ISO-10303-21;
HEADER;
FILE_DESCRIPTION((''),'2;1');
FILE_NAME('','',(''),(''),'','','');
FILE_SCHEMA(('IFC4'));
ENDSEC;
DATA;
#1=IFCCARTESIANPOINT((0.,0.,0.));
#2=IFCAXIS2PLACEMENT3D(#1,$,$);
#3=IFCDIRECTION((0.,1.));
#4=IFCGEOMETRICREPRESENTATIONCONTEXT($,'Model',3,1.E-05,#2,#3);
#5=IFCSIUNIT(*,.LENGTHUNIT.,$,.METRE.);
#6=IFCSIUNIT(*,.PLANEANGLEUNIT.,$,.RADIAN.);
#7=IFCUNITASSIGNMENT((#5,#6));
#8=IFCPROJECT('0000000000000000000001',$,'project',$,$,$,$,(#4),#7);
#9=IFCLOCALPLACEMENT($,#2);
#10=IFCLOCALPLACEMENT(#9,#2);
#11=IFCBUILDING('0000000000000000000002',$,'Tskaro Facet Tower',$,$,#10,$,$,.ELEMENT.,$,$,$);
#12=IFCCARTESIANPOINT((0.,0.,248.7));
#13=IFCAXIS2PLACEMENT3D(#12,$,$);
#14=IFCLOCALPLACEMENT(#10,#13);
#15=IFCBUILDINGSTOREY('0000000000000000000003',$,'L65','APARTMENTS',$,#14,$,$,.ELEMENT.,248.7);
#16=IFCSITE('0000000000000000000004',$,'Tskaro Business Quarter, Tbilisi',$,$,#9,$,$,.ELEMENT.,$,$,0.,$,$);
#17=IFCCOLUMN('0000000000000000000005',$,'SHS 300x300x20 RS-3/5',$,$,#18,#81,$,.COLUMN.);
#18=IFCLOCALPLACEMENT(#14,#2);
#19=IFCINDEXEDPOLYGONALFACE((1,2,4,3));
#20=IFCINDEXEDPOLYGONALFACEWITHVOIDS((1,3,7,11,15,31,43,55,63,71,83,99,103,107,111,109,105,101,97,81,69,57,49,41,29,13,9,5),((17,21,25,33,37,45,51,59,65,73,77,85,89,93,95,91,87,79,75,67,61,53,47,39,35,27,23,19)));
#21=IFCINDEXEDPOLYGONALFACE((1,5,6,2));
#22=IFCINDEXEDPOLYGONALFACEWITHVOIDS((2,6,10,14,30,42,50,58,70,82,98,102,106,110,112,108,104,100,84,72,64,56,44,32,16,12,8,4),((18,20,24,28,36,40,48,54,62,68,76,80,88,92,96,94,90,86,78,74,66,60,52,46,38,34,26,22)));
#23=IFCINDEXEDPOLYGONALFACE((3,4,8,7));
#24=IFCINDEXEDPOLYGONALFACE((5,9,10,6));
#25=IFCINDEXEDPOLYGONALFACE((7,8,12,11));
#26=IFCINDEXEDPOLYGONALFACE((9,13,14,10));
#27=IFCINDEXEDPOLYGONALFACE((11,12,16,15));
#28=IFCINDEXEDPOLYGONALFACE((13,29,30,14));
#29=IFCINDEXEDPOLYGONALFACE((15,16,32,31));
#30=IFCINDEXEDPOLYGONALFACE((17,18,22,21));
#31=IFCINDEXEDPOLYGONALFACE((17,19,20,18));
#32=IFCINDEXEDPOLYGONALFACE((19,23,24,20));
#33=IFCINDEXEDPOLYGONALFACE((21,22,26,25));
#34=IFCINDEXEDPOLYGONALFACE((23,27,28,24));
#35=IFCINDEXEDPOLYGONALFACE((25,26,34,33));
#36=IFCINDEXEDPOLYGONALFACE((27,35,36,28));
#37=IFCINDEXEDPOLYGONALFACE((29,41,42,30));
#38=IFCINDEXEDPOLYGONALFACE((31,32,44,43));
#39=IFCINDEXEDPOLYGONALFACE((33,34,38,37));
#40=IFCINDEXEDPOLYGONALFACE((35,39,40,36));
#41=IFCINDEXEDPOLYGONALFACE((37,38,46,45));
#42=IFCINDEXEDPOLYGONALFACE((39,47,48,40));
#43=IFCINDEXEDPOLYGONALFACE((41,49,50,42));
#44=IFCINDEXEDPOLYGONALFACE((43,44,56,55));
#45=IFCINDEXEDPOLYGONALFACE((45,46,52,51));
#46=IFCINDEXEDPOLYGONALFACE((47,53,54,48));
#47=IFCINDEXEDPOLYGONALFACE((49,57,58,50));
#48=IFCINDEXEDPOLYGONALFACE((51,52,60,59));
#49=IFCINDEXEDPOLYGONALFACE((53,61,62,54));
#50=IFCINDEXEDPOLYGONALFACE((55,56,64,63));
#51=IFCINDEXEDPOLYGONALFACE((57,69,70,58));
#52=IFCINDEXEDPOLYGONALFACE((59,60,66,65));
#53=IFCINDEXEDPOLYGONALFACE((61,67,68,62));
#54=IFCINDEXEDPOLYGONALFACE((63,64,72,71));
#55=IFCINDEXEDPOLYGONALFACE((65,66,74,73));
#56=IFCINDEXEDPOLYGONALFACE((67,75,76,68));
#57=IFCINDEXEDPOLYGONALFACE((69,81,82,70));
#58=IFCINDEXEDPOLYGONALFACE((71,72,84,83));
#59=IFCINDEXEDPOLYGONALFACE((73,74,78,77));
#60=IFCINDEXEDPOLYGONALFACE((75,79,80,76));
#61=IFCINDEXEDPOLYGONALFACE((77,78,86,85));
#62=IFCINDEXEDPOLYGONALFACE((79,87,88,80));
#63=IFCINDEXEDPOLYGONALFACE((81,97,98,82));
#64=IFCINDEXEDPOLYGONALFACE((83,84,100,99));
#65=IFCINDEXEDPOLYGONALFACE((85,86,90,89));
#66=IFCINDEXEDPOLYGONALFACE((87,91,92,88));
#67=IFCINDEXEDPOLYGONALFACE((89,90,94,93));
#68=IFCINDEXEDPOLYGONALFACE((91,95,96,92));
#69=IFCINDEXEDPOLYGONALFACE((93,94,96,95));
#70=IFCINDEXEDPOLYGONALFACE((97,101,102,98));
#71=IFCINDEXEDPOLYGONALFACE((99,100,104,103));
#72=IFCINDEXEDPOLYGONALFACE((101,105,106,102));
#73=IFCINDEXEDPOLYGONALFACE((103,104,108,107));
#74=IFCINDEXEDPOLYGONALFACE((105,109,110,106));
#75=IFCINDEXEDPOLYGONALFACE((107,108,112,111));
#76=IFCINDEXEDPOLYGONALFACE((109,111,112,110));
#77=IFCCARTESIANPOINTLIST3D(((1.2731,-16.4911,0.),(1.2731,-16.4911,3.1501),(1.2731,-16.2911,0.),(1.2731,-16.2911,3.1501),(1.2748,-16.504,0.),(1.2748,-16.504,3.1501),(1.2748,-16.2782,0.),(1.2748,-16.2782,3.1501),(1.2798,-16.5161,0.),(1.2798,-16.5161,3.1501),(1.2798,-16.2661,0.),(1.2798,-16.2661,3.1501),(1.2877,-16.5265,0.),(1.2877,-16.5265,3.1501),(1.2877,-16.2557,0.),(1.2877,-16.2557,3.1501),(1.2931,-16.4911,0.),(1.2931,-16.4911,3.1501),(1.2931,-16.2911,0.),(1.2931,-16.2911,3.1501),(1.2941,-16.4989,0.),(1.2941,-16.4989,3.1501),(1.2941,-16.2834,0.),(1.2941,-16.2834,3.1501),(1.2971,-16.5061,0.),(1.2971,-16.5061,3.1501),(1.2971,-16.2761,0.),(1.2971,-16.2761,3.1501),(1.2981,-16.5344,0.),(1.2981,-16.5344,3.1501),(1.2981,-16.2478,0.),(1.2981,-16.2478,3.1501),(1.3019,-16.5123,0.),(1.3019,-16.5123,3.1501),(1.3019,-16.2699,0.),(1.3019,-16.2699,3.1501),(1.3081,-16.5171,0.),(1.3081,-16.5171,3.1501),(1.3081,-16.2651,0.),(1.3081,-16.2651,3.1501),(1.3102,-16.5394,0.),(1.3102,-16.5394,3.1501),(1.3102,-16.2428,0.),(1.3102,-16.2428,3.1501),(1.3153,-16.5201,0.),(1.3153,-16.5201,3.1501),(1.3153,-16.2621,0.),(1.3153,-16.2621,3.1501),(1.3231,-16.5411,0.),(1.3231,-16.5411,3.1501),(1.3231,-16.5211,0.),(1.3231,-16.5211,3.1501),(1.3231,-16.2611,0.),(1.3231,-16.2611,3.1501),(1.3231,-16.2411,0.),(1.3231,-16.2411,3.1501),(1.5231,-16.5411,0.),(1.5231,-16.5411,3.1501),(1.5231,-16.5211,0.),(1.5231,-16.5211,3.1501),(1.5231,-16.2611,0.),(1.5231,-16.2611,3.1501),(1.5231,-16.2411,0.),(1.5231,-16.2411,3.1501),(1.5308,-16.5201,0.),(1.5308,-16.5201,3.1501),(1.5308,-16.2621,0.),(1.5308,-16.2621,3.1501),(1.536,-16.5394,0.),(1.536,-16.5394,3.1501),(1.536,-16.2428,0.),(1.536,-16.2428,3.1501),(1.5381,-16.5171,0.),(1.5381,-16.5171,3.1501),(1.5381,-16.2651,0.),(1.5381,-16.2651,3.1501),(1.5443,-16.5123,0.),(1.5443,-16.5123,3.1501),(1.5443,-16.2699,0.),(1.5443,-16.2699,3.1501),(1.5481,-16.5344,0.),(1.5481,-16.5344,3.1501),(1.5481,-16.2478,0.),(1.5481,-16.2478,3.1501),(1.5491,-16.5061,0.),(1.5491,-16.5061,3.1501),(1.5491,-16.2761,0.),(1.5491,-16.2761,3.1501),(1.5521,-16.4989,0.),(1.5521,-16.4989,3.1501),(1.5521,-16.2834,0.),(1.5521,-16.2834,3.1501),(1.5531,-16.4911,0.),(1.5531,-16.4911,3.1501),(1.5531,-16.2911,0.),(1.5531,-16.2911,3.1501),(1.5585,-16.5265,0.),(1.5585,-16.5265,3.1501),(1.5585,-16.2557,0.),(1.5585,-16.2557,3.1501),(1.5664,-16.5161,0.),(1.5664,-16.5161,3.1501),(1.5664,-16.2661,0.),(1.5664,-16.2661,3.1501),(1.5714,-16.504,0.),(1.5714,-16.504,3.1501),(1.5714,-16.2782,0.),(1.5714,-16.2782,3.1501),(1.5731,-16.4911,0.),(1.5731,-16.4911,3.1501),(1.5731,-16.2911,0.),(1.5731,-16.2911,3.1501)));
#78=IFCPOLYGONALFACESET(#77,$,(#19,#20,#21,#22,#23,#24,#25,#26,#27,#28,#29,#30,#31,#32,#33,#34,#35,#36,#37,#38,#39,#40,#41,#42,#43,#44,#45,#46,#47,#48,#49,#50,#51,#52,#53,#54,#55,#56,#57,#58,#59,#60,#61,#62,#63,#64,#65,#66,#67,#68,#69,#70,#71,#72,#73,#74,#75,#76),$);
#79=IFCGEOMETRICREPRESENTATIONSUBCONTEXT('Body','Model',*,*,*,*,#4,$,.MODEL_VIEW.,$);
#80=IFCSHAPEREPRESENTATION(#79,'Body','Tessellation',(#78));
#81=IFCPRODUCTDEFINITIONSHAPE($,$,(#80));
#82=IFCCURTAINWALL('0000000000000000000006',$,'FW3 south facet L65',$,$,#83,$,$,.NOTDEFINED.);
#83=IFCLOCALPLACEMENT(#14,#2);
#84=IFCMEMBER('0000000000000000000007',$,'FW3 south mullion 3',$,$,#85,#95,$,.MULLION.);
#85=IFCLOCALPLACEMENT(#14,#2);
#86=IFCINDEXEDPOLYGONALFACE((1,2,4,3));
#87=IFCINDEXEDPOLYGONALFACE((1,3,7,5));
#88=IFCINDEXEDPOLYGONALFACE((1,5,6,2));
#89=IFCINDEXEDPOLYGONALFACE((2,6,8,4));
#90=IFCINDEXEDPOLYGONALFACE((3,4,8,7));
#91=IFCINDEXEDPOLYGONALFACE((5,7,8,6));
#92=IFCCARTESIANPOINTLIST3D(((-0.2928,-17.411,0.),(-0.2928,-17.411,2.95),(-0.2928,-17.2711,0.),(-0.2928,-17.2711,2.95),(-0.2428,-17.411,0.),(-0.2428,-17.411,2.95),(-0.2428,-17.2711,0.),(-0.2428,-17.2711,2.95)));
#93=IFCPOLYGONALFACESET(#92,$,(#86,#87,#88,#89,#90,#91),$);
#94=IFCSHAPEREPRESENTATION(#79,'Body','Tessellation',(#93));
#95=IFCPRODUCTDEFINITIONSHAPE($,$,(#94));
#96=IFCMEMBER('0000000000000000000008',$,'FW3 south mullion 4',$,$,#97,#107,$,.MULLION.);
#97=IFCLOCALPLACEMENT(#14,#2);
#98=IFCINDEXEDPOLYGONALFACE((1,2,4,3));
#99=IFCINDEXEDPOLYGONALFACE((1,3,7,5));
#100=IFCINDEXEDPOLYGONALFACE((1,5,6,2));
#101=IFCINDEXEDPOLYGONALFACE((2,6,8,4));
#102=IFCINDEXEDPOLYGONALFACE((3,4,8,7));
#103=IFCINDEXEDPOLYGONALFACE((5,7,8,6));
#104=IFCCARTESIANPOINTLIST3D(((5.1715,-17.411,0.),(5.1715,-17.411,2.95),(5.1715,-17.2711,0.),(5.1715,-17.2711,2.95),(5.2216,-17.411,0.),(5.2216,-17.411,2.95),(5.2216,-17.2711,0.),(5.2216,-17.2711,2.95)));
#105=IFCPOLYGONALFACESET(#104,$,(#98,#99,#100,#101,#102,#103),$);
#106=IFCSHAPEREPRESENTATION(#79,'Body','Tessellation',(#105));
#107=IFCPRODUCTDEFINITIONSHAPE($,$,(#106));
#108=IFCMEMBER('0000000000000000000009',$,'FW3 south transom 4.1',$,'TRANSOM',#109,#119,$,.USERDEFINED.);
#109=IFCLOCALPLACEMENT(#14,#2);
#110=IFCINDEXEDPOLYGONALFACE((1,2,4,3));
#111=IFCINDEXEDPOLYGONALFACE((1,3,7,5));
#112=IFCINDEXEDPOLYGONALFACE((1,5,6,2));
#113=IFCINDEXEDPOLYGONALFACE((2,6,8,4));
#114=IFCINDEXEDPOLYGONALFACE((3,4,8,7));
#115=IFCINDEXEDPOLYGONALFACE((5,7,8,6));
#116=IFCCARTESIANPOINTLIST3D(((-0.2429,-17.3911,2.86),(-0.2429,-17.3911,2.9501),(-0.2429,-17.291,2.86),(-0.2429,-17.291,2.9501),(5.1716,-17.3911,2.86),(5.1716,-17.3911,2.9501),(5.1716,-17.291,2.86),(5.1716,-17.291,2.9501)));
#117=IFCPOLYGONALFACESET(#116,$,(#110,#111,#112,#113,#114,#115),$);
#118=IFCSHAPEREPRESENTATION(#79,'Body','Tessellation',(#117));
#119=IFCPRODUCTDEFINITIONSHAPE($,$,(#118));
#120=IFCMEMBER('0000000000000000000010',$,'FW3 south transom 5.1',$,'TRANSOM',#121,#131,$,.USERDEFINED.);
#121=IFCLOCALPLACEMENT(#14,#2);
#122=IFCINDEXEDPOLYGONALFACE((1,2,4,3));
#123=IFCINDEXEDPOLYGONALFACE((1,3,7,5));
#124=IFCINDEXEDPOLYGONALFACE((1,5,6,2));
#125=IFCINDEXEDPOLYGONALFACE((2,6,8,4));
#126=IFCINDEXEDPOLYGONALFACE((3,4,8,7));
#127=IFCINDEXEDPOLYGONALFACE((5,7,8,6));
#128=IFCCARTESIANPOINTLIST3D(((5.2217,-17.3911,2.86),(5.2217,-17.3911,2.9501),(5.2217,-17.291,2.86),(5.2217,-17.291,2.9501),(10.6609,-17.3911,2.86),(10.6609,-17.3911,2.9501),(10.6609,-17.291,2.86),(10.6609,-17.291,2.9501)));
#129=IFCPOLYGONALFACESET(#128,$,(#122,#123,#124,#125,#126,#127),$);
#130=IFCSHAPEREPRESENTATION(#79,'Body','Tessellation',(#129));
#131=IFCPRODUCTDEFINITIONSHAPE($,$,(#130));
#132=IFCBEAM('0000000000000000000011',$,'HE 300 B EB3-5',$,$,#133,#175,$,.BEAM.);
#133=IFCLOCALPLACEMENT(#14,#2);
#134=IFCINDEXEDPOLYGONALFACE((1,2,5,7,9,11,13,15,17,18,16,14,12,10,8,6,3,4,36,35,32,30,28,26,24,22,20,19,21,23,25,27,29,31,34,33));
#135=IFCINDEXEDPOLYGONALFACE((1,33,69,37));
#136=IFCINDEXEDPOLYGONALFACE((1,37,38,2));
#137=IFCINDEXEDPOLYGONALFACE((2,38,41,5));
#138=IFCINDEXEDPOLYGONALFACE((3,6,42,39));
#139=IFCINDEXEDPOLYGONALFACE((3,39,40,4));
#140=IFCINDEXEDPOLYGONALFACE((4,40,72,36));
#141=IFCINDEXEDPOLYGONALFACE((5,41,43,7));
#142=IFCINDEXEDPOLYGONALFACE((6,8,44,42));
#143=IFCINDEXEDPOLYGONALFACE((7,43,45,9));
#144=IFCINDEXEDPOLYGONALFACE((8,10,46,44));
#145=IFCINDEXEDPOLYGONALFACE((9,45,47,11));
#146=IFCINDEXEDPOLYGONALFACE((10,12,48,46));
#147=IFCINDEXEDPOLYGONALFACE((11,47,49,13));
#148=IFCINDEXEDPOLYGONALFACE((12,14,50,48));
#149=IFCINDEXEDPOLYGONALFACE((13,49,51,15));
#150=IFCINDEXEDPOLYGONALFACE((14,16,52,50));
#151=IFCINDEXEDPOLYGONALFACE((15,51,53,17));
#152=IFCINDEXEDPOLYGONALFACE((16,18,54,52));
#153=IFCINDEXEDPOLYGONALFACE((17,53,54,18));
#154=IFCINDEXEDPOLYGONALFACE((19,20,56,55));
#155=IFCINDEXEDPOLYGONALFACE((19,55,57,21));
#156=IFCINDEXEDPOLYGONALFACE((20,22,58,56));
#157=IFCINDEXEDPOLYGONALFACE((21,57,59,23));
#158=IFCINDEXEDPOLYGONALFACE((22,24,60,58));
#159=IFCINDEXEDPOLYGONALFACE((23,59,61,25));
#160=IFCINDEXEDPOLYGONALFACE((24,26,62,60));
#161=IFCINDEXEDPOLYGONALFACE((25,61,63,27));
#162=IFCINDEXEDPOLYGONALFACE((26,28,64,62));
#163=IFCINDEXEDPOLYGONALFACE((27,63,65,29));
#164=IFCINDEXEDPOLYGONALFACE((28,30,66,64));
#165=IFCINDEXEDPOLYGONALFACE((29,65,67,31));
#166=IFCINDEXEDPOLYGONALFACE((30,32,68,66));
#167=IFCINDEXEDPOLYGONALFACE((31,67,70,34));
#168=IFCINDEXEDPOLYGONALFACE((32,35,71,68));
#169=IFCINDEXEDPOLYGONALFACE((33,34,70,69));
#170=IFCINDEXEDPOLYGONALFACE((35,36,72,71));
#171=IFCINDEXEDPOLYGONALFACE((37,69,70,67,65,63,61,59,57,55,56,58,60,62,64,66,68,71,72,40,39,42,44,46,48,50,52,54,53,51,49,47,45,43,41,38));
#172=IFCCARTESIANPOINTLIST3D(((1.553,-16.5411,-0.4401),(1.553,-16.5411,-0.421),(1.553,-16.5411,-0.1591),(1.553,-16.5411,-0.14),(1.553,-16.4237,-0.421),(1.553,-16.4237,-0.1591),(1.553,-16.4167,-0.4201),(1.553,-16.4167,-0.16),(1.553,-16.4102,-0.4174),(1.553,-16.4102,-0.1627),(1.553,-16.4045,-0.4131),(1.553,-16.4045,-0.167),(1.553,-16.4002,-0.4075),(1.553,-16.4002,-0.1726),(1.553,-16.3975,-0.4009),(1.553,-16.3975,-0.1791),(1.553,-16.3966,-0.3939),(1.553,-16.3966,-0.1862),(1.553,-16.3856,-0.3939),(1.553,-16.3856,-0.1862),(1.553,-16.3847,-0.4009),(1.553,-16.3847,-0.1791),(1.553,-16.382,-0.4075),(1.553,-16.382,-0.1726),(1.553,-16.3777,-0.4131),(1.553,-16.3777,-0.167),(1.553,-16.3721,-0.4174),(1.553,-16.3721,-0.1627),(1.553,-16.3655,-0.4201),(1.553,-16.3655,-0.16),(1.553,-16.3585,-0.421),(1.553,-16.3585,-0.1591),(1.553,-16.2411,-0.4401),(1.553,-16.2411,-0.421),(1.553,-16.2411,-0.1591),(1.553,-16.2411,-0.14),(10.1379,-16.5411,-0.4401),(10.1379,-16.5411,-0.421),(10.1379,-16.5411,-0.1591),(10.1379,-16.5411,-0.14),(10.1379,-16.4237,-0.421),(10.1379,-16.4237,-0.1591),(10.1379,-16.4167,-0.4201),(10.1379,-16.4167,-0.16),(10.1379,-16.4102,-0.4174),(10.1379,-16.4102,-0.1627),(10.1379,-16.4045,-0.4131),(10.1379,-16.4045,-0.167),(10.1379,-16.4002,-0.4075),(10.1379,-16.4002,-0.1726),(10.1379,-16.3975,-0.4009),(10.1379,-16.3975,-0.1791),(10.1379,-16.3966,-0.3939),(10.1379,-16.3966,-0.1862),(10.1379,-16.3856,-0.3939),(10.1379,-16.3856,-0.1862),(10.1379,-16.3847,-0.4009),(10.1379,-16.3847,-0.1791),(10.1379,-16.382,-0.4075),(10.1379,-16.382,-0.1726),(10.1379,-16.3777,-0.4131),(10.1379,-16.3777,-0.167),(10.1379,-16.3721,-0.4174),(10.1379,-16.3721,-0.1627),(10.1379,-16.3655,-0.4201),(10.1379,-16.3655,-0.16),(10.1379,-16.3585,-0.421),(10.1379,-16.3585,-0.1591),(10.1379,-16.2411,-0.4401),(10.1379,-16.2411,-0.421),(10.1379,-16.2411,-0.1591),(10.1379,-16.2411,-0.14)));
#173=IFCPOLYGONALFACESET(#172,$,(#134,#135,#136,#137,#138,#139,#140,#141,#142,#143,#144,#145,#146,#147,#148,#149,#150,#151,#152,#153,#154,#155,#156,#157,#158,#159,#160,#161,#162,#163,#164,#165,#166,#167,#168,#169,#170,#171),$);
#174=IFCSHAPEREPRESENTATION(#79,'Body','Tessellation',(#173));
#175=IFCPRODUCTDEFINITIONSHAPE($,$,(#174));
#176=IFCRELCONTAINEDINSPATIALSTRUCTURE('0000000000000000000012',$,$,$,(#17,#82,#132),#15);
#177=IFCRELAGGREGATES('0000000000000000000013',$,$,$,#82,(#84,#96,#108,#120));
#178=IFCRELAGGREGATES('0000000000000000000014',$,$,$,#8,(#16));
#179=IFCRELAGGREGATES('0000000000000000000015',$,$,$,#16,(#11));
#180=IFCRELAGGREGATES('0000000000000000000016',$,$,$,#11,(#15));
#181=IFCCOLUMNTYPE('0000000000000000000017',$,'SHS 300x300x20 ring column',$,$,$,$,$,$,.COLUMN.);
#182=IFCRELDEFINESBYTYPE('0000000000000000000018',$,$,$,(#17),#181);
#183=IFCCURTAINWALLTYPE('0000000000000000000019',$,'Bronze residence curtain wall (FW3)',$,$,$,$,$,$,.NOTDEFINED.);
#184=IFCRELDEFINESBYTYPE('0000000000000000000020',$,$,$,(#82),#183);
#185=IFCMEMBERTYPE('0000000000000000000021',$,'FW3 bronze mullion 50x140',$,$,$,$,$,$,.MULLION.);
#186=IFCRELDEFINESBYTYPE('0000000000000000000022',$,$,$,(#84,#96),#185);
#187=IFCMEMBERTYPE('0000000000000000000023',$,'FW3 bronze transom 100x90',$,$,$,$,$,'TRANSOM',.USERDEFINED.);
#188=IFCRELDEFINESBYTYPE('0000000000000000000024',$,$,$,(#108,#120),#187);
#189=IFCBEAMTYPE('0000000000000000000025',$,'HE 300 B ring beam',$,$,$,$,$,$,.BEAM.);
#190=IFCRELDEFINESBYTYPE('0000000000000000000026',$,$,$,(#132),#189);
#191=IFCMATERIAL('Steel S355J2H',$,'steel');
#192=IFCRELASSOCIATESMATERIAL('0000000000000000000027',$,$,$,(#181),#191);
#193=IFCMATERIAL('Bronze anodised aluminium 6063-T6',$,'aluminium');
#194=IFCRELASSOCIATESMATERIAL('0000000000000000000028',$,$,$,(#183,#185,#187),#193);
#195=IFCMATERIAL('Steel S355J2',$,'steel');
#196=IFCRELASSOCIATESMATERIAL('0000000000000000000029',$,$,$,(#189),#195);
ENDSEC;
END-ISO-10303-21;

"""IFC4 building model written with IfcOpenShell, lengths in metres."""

from ifc_helpers import new_model, si_unit, direction, frame, origin, origin_2d, place, context, subcontext, project, spatial, rectangle, hollow_rectangle, i_section, extrude, material, material_profile, profile_set, type_object, element, aggregate, save


model = new_model("IFC4")

# Units and contexts
model_context = context("Model", 3, precision=1e-05, world=origin(), true_north=direction((0.0, 1.0)))
body_context = subcontext(model_context, "Body", "Model", "MODEL_VIEW")
ifc_project = project(units=[si_unit("LENGTHUNIT", "METRE"), si_unit("PLANEANGLEUNIT", "RADIAN")], contexts=[model_context])

# Site, building, storey
site_placement = place(None, origin())
site = spatial("IfcSite", under=ifc_project, at=site_placement, Name="Tskaro Business Quarter, Tbilisi", CompositionType="ELEMENT", RefElevation=0.0)
building_placement = place(site_placement, origin())
building = spatial("IfcBuilding", under=site, at=building_placement, Name="Tskaro Facet Tower", CompositionType="ELEMENT")
storey_placement = place(building_placement, frame((0.0, 0.0, 248.7)))
storey = spatial("IfcBuildingStorey", under=building, at=storey_placement, Name="L65", Description="APARTMENTS", CompositionType="ELEMENT", Elevation=248.7)

# Column
ifc_material_1 = material(Name="Steel S355J2H", Category="steel")
ifc_material_profile_1 = material_profile(ifc_material_1, hollow_rectangle(XDim=0.3, YDim=0.3, WallThickness=0.02, InnerFilletRadius=0.03, OuterFilletRadius=0.05, at=origin_2d()), Name="SHS 300x300x20")
ifc_profile_set_1 = profile_set([ifc_material_profile_1], Name="Steel S355J2H")
column_type = type_object("IfcColumnType", Name="SHS 300x300x20 ring column", PredefinedType="COLUMN", material=ifc_profile_set_1)
column_placement = place(storey_placement, frame((1.4231, -16.3911, 0.0), z_axis=(0.0, 0.0, 1.0), x_axis=(1.0, 0.0, 0.0)))
element("IfcColumn", 1, at=column_placement, inside=storey, type_object=column_type, Name="SHS 300x300x20 RS-3/5", PredefinedType="COLUMN", context=body_context, shape_type="SweptSolid", body=[
    extrude(hollow_rectangle(XDim=0.3, YDim=0.3, WallThickness=0.02, InnerFilletRadius=0.03, OuterFilletRadius=0.05, at=origin_2d()), origin(), (0.0, 0.0, 1.0), 3.1501),
])

# Curtain wall, members
ifc_material_2 = material(Name="Bronze anodised aluminium 6063-T6", Category="aluminium")
curtain_wall_type = type_object("IfcCurtainWallType", Name="Bronze residence curtain wall (FW3)", PredefinedType="NOTDEFINED", material=ifc_material_2)
curtain_wall_placement = place(storey_placement, origin())
curtain_wall = element("IfcCurtainWall", 2, at=curtain_wall_placement, inside=storey, type_object=curtain_wall_type, Name="FW3 south facet L65", PredefinedType="NOTDEFINED")
ifc_material_profile_2 = material_profile(ifc_material_2, rectangle(XDim=0.05, YDim=0.1399, at=origin_2d()), Name="Mullion 50x140")
ifc_profile_set_2 = profile_set([ifc_material_profile_2], Name="Bronze anodised aluminium 6063-T6")
member_type_1 = type_object("IfcMemberType", Name="FW3 bronze mullion 50x140", PredefinedType="MULLION", material=ifc_profile_set_2)
member_1_placement = place(storey_placement, frame((-0.2678, -17.3411, 0.0), z_axis=(0.0, 0.0, 1.0), x_axis=(1.0, 0.0, 0.0)))
member_1 = element("IfcMember", 3, at=member_1_placement, type_object=member_type_1, Name="FW3 south mullion 3", PredefinedType="MULLION", context=body_context, shape_type="SweptSolid", body=[
    extrude(rectangle(XDim=0.05, YDim=0.1399, at=origin_2d()), origin(), (0.0, 0.0, 1.0), 2.95),
])
member_2_placement = place(storey_placement, frame((5.1965, -17.3411, 0.0), z_axis=(0.0, 0.0, 1.0), x_axis=(1.0, 0.0, 0.0)))
member_2 = element("IfcMember", 4, at=member_2_placement, type_object=member_type_1, Name="FW3 south mullion 4", PredefinedType="MULLION", context=body_context, shape_type="SweptSolid", body=[
    extrude(rectangle(XDim=0.05, YDim=0.1399, at=origin_2d()), origin(), (0.0, 0.0, 1.0), 2.95),
])
ifc_material_profile_3 = material_profile(ifc_material_2, rectangle(XDim=0.1001, YDim=0.0901, at=origin_2d()), Name="Transom 100x90")
ifc_profile_set_3 = profile_set([ifc_material_profile_3], Name="Bronze anodised aluminium 6063-T6")
member_type_2 = type_object("IfcMemberType", Name="FW3 bronze transom 100x90", ElementType="TRANSOM", PredefinedType="USERDEFINED", material=ifc_profile_set_3)
member_3_placement = place(storey_placement, frame((-0.2429, -17.3411, 2.905), z_axis=(1.0, 0.0, 0.0), x_axis=(0.0, 1.0, 0.0)))
member_3 = element("IfcMember", 5, at=member_3_placement, type_object=member_type_2, Name="FW3 south transom 4.1", ObjectType="TRANSOM", PredefinedType="USERDEFINED", context=body_context, shape_type="SweptSolid", body=[
    extrude(rectangle(XDim=0.1001, YDim=0.0901, at=origin_2d()), origin(), (0.0, 0.0, 1.0), 5.4146),
])
member_4_placement = place(storey_placement, frame((5.2217, -17.3411, 2.905), z_axis=(1.0, 0.0, 0.0), x_axis=(0.0, 1.0, 0.0)))
member_4 = element("IfcMember", 6, at=member_4_placement, type_object=member_type_2, Name="FW3 south transom 5.1", ObjectType="TRANSOM", PredefinedType="USERDEFINED", context=body_context, shape_type="SweptSolid", body=[
    extrude(rectangle(XDim=0.1001, YDim=0.0901, at=origin_2d()), origin(), (0.0, 0.0, 1.0), 5.4392),
])

# Beam
ifc_material_3 = material(Name="Steel S355J2", Category="steel")
ifc_material_profile_4 = material_profile(ifc_material_3, i_section(OverallWidth=0.3, OverallDepth=0.3, WebThickness=0.011, FlangeThickness=0.019, FilletRadius=0.0271, at=origin_2d()), Name="HE 300 B")
ifc_profile_set_4 = profile_set([ifc_material_profile_4], Name="Steel S355J2")
beam_type_1 = type_object("IfcBeamType", Name="HE 300 B ring beam", PredefinedType="BEAM", material=ifc_profile_set_4)
beam_1_placement = place(storey_placement, frame((1.553, -16.3911, -0.29), z_axis=(1.0, 0.0, 0.0), x_axis=(0.0, 1.0, 0.0)))
element("IfcBeam", 7, at=beam_1_placement, inside=storey, type_object=beam_type_1, Name="HE 300 B EB3-5", PredefinedType="BEAM", context=body_context, shape_type="SweptSolid", body=[
    extrude(i_section(OverallWidth=0.3, OverallDepth=0.3, WebThickness=0.011, FlangeThickness=0.019, FilletRadius=0.0271, at=origin_2d()), origin(), (0.0, 0.0, 1.0), 8.585),
])

aggregate(curtain_wall, [member_1, member_2, member_3, member_4])

save(model, "model.ifc")
